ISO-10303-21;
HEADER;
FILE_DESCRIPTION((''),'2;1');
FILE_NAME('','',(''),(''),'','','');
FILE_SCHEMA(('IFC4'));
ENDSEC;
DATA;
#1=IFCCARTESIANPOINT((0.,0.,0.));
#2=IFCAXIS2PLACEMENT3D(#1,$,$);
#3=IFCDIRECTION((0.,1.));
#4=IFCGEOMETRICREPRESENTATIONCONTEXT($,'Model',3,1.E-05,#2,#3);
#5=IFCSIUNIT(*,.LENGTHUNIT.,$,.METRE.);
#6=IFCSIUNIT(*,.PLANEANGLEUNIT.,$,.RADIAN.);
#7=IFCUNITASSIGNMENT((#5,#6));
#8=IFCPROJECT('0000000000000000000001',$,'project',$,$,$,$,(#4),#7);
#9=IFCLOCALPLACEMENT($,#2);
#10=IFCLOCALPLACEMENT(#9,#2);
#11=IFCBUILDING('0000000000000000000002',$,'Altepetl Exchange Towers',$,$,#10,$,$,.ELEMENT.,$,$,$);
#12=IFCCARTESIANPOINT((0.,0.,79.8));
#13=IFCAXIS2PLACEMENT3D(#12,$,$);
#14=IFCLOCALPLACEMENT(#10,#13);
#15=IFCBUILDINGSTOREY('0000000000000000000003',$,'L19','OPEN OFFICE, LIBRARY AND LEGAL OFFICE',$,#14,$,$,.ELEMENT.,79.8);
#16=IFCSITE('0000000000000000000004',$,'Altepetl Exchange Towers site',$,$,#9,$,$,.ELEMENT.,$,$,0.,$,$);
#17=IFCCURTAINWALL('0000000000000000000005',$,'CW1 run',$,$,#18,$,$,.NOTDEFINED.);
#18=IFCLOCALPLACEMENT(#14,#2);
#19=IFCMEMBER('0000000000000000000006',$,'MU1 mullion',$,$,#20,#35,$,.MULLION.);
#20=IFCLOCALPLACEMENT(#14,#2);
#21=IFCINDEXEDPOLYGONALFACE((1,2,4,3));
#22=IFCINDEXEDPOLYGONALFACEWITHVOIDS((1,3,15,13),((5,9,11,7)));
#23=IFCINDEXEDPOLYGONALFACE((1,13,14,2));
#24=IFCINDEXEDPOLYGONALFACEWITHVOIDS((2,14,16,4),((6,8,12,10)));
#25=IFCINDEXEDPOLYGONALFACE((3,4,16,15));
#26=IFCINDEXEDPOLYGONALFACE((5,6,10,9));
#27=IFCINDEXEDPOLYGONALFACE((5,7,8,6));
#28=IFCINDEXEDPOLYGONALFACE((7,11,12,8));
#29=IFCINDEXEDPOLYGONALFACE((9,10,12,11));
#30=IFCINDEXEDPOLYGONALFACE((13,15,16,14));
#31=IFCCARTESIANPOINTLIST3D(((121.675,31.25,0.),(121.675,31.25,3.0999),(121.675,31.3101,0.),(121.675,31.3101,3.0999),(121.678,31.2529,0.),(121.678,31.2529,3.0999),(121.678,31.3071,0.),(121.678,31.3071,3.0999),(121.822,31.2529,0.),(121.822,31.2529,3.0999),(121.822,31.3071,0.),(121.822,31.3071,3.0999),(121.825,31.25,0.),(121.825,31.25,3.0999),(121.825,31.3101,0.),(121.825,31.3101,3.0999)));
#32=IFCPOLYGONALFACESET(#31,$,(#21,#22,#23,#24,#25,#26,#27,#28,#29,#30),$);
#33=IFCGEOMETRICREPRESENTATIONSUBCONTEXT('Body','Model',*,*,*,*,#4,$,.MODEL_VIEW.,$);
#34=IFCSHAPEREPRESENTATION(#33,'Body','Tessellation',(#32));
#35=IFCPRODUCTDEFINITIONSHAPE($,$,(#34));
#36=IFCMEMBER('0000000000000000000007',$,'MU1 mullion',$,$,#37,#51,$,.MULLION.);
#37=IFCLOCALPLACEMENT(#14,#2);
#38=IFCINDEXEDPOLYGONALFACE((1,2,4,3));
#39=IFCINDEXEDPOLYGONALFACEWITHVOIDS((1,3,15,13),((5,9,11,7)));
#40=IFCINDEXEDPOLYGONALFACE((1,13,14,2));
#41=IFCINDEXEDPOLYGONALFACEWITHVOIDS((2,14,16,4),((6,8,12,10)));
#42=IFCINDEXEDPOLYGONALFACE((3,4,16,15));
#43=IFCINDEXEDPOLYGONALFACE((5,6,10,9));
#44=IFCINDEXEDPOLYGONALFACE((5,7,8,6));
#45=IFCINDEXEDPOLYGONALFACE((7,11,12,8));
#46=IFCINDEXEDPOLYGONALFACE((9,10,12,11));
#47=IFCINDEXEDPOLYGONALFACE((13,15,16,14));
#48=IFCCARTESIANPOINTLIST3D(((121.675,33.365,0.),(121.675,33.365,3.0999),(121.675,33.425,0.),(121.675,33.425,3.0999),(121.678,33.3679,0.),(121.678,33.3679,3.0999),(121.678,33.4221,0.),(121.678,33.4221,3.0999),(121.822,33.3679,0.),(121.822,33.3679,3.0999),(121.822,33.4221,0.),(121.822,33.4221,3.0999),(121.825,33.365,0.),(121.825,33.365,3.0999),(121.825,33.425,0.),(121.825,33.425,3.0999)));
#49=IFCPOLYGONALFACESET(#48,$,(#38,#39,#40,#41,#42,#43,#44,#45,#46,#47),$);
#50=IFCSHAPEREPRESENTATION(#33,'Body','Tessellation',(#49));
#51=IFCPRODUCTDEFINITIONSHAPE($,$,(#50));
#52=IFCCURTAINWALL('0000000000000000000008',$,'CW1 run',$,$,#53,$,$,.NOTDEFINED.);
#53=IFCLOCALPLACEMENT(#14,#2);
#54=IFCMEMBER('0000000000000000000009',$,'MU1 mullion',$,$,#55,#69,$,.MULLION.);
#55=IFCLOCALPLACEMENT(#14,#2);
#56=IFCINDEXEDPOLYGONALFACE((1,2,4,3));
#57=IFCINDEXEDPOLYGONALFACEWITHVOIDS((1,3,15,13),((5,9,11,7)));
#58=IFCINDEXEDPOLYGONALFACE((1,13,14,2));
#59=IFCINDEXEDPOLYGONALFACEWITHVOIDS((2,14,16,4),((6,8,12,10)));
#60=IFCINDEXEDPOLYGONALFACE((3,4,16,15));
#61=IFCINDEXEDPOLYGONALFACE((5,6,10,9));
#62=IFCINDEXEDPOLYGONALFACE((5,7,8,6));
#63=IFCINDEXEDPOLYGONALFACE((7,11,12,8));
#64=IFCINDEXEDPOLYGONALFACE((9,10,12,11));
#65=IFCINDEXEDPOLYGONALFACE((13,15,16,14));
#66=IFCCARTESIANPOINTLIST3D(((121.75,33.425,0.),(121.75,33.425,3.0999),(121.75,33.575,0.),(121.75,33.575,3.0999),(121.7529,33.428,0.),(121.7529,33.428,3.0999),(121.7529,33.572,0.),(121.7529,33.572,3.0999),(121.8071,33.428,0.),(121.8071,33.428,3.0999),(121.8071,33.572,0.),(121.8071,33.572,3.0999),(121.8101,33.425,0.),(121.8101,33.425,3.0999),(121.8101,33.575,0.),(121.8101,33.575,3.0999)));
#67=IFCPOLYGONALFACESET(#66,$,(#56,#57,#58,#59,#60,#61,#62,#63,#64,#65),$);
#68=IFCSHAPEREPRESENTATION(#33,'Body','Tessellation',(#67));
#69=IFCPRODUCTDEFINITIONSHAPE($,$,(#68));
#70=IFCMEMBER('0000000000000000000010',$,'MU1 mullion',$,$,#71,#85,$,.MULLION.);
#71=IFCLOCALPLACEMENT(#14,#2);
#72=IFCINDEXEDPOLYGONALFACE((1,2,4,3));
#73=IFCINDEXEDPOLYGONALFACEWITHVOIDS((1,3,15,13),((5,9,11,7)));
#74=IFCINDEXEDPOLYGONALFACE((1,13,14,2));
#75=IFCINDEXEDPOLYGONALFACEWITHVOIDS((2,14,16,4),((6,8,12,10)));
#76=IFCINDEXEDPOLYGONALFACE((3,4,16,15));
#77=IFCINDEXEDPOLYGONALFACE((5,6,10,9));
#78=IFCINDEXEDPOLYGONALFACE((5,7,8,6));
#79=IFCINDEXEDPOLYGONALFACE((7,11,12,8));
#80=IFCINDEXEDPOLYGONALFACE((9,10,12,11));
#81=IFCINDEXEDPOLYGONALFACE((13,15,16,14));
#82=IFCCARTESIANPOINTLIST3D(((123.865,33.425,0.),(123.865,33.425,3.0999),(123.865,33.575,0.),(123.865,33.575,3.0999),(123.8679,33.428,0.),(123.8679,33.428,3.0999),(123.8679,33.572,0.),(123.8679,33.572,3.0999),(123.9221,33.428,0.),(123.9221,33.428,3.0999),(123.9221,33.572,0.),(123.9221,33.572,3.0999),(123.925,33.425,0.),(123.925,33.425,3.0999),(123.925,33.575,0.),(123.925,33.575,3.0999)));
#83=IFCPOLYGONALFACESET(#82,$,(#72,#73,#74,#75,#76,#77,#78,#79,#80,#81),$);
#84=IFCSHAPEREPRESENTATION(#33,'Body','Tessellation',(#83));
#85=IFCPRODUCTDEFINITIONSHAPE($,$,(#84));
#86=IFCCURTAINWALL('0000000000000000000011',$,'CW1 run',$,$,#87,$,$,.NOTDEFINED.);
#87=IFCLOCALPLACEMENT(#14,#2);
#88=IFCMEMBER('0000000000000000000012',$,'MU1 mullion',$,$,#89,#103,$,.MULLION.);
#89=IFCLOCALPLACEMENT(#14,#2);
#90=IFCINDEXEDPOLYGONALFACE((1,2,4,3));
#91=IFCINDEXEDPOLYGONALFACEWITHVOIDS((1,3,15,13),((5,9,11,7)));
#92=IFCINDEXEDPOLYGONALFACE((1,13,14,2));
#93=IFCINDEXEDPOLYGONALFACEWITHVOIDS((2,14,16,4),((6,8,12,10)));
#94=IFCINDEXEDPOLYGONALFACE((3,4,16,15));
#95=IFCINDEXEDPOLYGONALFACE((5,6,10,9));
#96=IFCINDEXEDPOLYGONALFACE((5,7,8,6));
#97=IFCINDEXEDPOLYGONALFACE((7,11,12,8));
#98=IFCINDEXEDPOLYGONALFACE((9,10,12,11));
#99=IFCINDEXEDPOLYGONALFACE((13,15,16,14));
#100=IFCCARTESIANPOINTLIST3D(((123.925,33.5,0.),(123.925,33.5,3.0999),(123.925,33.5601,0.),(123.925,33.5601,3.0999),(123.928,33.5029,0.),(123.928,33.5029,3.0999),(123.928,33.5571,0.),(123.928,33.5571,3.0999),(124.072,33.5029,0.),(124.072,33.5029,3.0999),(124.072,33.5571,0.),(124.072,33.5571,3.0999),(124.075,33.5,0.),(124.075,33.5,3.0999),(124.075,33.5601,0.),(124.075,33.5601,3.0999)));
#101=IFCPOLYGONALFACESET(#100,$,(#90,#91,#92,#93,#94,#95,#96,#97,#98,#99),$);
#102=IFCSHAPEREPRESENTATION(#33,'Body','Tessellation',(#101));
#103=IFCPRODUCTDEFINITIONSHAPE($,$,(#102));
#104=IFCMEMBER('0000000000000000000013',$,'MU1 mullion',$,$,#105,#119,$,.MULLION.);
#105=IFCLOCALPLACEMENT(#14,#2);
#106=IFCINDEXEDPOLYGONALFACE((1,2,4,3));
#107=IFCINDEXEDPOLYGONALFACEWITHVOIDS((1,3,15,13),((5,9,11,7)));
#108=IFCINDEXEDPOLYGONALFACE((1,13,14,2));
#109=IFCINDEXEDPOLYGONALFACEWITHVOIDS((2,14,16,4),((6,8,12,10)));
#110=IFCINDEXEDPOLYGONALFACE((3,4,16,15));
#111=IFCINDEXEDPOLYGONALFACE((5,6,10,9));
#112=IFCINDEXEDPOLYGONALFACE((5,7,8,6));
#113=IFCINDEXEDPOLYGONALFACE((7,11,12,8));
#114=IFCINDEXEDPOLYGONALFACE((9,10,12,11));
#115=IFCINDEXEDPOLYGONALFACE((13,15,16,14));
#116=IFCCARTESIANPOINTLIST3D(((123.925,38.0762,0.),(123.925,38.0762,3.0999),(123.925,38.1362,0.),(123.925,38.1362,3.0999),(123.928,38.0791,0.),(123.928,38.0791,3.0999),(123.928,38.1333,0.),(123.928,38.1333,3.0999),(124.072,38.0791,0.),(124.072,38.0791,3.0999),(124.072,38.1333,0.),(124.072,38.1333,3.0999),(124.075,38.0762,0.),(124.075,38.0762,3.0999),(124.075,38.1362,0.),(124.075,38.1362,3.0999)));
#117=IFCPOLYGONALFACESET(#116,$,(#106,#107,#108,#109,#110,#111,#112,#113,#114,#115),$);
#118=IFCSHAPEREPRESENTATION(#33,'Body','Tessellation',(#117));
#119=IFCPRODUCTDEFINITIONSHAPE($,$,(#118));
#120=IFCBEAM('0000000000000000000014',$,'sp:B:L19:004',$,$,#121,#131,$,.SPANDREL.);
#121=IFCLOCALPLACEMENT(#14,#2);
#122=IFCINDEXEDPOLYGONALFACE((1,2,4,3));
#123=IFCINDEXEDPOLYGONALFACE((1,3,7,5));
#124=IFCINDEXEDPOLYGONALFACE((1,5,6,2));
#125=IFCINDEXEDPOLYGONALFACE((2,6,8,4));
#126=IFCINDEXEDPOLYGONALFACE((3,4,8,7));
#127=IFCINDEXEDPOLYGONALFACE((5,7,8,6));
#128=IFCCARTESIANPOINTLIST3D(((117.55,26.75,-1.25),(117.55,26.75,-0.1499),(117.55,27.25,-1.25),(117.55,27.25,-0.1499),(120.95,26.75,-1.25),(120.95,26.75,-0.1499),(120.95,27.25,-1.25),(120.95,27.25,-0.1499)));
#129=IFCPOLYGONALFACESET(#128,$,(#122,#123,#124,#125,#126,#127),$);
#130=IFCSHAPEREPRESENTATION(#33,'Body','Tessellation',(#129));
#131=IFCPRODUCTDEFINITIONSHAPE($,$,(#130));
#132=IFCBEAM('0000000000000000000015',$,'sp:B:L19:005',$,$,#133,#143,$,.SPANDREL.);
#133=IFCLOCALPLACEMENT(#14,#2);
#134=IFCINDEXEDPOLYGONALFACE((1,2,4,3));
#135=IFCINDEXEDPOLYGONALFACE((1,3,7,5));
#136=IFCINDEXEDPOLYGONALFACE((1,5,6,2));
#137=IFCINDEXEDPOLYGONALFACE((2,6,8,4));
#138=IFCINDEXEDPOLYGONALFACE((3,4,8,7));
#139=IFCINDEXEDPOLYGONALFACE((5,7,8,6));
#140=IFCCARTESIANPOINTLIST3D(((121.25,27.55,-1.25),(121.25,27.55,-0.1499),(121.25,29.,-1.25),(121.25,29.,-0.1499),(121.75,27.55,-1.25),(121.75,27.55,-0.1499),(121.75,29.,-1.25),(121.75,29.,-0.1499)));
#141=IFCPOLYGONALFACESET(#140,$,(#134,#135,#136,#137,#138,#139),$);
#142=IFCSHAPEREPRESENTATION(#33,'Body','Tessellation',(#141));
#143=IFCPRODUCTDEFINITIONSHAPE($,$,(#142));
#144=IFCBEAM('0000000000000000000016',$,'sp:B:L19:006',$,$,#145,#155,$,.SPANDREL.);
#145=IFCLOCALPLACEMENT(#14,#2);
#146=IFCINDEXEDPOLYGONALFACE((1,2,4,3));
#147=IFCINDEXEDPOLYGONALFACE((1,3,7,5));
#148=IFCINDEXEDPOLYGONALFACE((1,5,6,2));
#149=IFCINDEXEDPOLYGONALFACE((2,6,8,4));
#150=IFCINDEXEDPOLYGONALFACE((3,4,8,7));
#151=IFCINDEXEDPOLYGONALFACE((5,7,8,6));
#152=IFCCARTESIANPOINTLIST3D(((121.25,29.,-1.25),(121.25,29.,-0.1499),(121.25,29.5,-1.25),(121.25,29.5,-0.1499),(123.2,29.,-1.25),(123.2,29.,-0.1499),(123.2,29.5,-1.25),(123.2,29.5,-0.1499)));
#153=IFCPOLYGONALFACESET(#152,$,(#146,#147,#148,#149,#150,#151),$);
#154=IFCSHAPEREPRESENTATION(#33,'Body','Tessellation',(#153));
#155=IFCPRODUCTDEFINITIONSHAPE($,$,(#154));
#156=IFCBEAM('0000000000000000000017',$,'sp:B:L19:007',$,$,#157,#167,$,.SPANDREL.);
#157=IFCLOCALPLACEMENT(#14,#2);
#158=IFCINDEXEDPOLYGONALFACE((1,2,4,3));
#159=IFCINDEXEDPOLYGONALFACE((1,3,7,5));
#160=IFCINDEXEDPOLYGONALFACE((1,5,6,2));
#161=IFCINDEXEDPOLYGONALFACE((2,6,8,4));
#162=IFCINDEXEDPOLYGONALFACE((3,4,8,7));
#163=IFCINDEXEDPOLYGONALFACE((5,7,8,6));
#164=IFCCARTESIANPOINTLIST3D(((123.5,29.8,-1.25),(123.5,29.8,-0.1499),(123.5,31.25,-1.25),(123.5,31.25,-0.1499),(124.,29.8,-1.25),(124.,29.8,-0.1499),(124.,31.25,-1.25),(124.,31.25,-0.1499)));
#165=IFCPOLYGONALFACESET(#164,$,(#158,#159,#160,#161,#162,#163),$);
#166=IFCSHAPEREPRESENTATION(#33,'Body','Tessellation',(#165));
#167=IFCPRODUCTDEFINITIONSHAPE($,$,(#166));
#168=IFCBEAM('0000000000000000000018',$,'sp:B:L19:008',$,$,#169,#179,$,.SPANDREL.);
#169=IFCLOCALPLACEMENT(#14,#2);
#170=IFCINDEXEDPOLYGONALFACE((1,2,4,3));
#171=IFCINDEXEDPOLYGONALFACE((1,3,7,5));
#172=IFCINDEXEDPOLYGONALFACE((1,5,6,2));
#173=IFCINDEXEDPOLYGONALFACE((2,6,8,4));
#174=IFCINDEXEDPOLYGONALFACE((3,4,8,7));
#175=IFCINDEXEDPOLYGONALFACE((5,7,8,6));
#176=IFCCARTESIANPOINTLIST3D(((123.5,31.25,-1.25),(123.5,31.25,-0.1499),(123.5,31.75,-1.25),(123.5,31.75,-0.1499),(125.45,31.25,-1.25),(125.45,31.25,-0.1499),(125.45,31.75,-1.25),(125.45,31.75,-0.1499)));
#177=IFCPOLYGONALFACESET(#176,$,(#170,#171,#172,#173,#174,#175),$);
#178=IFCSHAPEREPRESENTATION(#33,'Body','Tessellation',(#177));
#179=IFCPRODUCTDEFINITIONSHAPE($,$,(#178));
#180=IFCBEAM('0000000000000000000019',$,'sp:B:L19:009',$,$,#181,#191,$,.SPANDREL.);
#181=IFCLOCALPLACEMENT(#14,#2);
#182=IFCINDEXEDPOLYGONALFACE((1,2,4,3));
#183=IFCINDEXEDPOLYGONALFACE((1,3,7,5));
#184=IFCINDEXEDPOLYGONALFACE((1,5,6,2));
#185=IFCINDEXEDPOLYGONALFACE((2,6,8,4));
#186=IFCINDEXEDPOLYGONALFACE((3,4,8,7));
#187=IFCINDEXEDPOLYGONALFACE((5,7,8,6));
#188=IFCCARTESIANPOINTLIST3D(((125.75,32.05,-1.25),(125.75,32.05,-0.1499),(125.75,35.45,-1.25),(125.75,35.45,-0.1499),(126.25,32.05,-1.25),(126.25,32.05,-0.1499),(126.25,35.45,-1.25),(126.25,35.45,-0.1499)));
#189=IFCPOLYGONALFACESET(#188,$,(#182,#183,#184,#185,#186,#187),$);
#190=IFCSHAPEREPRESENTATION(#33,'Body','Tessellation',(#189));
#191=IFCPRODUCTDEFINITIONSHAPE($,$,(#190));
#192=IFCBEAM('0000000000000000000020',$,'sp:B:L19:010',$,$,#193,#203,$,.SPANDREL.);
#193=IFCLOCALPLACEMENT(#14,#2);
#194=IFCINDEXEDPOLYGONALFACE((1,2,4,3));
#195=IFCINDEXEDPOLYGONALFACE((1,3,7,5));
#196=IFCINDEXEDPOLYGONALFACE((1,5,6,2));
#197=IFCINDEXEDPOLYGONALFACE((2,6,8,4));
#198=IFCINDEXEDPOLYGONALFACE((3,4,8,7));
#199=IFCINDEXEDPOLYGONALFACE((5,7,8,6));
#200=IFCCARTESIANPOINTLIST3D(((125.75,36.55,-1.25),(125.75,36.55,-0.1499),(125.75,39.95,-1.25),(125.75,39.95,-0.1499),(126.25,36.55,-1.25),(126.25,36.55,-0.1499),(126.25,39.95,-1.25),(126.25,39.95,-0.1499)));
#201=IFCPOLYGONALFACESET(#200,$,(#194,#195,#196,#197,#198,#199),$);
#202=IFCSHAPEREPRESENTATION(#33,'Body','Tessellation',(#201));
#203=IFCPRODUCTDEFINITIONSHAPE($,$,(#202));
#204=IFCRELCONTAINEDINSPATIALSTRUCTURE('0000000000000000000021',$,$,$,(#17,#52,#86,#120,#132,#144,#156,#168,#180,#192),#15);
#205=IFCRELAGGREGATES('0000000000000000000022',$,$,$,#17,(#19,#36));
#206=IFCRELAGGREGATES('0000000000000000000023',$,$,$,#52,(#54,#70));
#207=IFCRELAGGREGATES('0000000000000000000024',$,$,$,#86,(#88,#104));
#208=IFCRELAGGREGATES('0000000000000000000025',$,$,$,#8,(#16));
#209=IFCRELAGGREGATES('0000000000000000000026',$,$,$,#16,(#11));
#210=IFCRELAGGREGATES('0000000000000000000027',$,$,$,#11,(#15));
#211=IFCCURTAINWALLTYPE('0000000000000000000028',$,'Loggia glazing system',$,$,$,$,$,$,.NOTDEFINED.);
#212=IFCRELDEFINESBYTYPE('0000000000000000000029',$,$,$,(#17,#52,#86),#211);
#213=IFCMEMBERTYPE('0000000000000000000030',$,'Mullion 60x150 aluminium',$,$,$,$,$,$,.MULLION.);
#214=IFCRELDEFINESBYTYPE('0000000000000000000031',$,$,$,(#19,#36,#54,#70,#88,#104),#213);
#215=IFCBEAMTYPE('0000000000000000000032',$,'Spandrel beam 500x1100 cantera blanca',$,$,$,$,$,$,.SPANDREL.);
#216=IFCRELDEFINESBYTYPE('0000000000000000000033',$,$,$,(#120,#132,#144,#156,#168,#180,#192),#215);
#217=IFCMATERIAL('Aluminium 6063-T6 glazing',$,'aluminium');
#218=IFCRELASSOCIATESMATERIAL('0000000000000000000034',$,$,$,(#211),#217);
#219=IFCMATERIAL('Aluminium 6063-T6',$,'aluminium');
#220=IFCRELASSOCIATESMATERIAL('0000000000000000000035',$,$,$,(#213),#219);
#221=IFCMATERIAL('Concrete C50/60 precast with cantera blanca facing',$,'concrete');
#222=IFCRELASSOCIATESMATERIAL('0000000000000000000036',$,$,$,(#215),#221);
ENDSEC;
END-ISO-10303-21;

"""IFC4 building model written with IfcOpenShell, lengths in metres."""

from ifc_helpers import new_model, si_unit, direction, frame, origin, origin_2d, place, context, subcontext, project, spatial, rectangle, hollow_rectangle, extrude, material, material_profile, profile_set, type_object, element, aggregate, save


model = new_model("IFC4")

# Units and contexts
model_context = context("Model", 3, precision=1e-05, world=origin(), true_north=direction((0.0, 1.0)))
body_context = subcontext(model_context, "Body", "Model", "MODEL_VIEW")
ifc_project = project(units=[si_unit("LENGTHUNIT", "METRE"), si_unit("PLANEANGLEUNIT", "RADIAN")], contexts=[model_context])

# Site, building, storey
site_placement = place(None, origin())
site = spatial("IfcSite", under=ifc_project, at=site_placement, Name="Altepetl Exchange Towers site", CompositionType="ELEMENT", RefElevation=0.0)
building_placement = place(site_placement, origin())
building = spatial("IfcBuilding", under=site, at=building_placement, Name="Altepetl Exchange Towers", CompositionType="ELEMENT")
storey_placement = place(building_placement, frame((0.0, 0.0, 79.8)))
storey = spatial("IfcBuildingStorey", under=building, at=storey_placement, Name="L19", Description="OPEN OFFICE, LIBRARY AND LEGAL OFFICE", CompositionType="ELEMENT", Elevation=79.8)

# Shared definitions
ifc_material_1 = material(Name="Aluminium 6063-T6 glazing", Category="aluminium")
curtain_wall_type = type_object("IfcCurtainWallType", Name="Loggia glazing system", PredefinedType="NOTDEFINED", material=ifc_material_1)
ifc_material_2 = material(Name="Aluminium 6063-T6", Category="aluminium")
ifc_material_profile_1 = material_profile(ifc_material_2, hollow_rectangle(XDim=0.0601, YDim=0.1499, WallThickness=0.0029, at=origin_2d()), Name="Mullion 60x150 aluminium")
ifc_profile_set_1 = profile_set([ifc_material_profile_1], Name="Aluminium 6063-T6")
member_type = type_object("IfcMemberType", Name="Mullion 60x150 aluminium", PredefinedType="MULLION", material=ifc_profile_set_1)

# Curtain walls, members
curtain_wall_1_placement = place(storey_placement, origin())
curtain_wall_1 = element("IfcCurtainWall", 1, at=curtain_wall_1_placement, inside=storey, type_object=curtain_wall_type, Name="CW1 run", PredefinedType="NOTDEFINED")
member_1_placement = place(storey_placement, frame((121.75, 31.28, 0.0), z_axis=(0.0, 0.0, 1.0), x_axis=(0.0, 1.0, 0.0)))
member_1 = element("IfcMember", 2, at=member_1_placement, type_object=member_type, Name="MU1 mullion", PredefinedType="MULLION", context=body_context, shape_type="SweptSolid", body=[
    extrude(hollow_rectangle(XDim=0.0601, YDim=0.1499, WallThickness=0.0029, at=origin_2d()), origin(), (0.0, 0.0, 1.0), 3.0999),
])
member_2_placement = place(storey_placement, frame((121.75, 33.395, 0.0), z_axis=(0.0, 0.0, 1.0), x_axis=(0.0, 1.0, 0.0)))
member_2 = element("IfcMember", 3, at=member_2_placement, type_object=member_type, Name="MU1 mullion", PredefinedType="MULLION", context=body_context, shape_type="SweptSolid", body=[
    extrude(hollow_rectangle(XDim=0.0601, YDim=0.1499, WallThickness=0.0029, at=origin_2d()), origin(), (0.0, 0.0, 1.0), 3.0999),
])
curtain_wall_2_placement = place(storey_placement, origin())
curtain_wall_2 = element("IfcCurtainWall", 4, at=curtain_wall_2_placement, inside=storey, type_object=curtain_wall_type, Name="CW1 run", PredefinedType="NOTDEFINED")
member_3_placement = place(storey_placement, frame((121.78, 33.5, 0.0)))
member_3 = element("IfcMember", 5, at=member_3_placement, type_object=member_type, Name="MU1 mullion", PredefinedType="MULLION", context=body_context, shape_type="SweptSolid", body=[
    extrude(hollow_rectangle(XDim=0.0601, YDim=0.1499, WallThickness=0.0029, at=origin_2d()), origin(), (0.0, 0.0, 1.0), 3.0999),
])
member_4_placement = place(storey_placement, frame((123.895, 33.5, 0.0)))
member_4 = element("IfcMember", 6, at=member_4_placement, type_object=member_type, Name="MU1 mullion", PredefinedType="MULLION", context=body_context, shape_type="SweptSolid", body=[
    extrude(hollow_rectangle(XDim=0.0601, YDim=0.1499, WallThickness=0.0029, at=origin_2d()), origin(), (0.0, 0.0, 1.0), 3.0999),
])
curtain_wall_3_placement = place(storey_placement, origin())
curtain_wall_3 = element("IfcCurtainWall", 7, at=curtain_wall_3_placement, inside=storey, type_object=curtain_wall_type, Name="CW1 run", PredefinedType="NOTDEFINED")
member_5_placement = place(storey_placement, frame((124.0, 33.53, 0.0), z_axis=(0.0, 0.0, 1.0), x_axis=(0.0, 1.0, 0.0)))
member_5 = element("IfcMember", 8, at=member_5_placement, type_object=member_type, Name="MU1 mullion", PredefinedType="MULLION", context=body_context, shape_type="SweptSolid", body=[
    extrude(hollow_rectangle(XDim=0.0601, YDim=0.1499, WallThickness=0.0029, at=origin_2d()), origin(), (0.0, 0.0, 1.0), 3.0999),
])
member_6_placement = place(storey_placement, frame((124.0, 38.1062, 0.0), z_axis=(0.0, 0.0, 1.0), x_axis=(0.0, 1.0, 0.0)))
member_6 = element("IfcMember", 9, at=member_6_placement, type_object=member_type, Name="MU1 mullion", PredefinedType="MULLION", context=body_context, shape_type="SweptSolid", body=[
    extrude(hollow_rectangle(XDim=0.0601, YDim=0.1499, WallThickness=0.0029, at=origin_2d()), origin(), (0.0, 0.0, 1.0), 3.0999),
])

# Beams
ifc_material_3 = material(Name="Concrete C50/60 precast with cantera blanca facing", Category="concrete")
ifc_material_profile_2 = material_profile(ifc_material_3, rectangle(XDim=0.5, YDim=1.1001, at=origin_2d()), Name="500 x 1100")
ifc_profile_set_2 = profile_set([ifc_material_profile_2], Name="Concrete C50/60 precast with cantera blanca facing")
beam_type_1 = type_object("IfcBeamType", Name="Spandrel beam 500x1100 cantera blanca", PredefinedType="SPANDREL", material=ifc_profile_set_2)
beam_1_placement = place(storey_placement, frame((117.55, 27.0, -0.7), z_axis=(1.0, 0.0, 0.0), x_axis=(0.0, 1.0, 0.0)))
element("IfcBeam", 10, at=beam_1_placement, inside=storey, type_object=beam_type_1, Name="sp:B:L19:004", PredefinedType="SPANDREL", context=body_context, shape_type="SweptSolid", body=[
    extrude(rectangle(XDim=0.5, YDim=1.1001, at=origin_2d()), origin(), (0.0, 0.0, 1.0), 3.3999),
])
beam_2_placement = place(storey_placement, frame((121.5, 27.55, -0.7), z_axis=(0.0, 1.0, 0.0), x_axis=(-1.0, 0.0, 0.0)))
element("IfcBeam", 11, at=beam_2_placement, inside=storey, type_object=beam_type_1, Name="sp:B:L19:005", PredefinedType="SPANDREL", context=body_context, shape_type="SweptSolid", body=[
    extrude(rectangle(XDim=0.5, YDim=1.1001, at=origin_2d()), origin(), (0.0, 0.0, 1.0), 1.45),
])
beam_3_placement = place(storey_placement, frame((121.25, 29.25, -0.7), z_axis=(1.0, 0.0, 0.0), x_axis=(0.0, 1.0, 0.0)))
element("IfcBeam", 12, at=beam_3_placement, inside=storey, type_object=beam_type_1, Name="sp:B:L19:006", PredefinedType="SPANDREL", context=body_context, shape_type="SweptSolid", body=[
    extrude(rectangle(XDim=0.5, YDim=1.1001, at=origin_2d()), origin(), (0.0, 0.0, 1.0), 1.95),
])
beam_4_placement = place(storey_placement, frame((123.75, 29.8, -0.7), z_axis=(0.0, 1.0, 0.0), x_axis=(-1.0, 0.0, 0.0)))
element("IfcBeam", 13, at=beam_4_placement, inside=storey, type_object=beam_type_1, Name="sp:B:L19:007", PredefinedType="SPANDREL", context=body_context, shape_type="SweptSolid", body=[
    extrude(rectangle(XDim=0.5, YDim=1.1001, at=origin_2d()), origin(), (0.0, 0.0, 1.0), 1.45),
])
beam_5_placement = place(storey_placement, frame((123.5, 31.5, -0.7), z_axis=(1.0, 0.0, 0.0), x_axis=(0.0, 1.0, 0.0)))
element("IfcBeam", 14, at=beam_5_placement, inside=storey, type_object=beam_type_1, Name="sp:B:L19:008", PredefinedType="SPANDREL", context=body_context, shape_type="SweptSolid", body=[
    extrude(rectangle(XDim=0.5, YDim=1.1001, at=origin_2d()), origin(), (0.0, 0.0, 1.0), 1.95),
])
for number, where, z_axis, x_axis, name in (
    (15, (126.0, 32.05, -0.7), (0.0, 1.0, 0.0), (-1.0, 0.0, 0.0), "sp:B:L19:009"),
    (16, (126.0, 36.55, -0.7), (0.0, 1.0, 0.0), (-1.0, 0.0, 0.0), "sp:B:L19:010"),
):
    element("IfcBeam", number, at=place(storey_placement, frame(where, z_axis=z_axis, x_axis=x_axis)), inside=storey, type_object=beam_type_1, Name=name, PredefinedType="SPANDREL", context=body_context, shape_type="SweptSolid", body=[
        extrude(rectangle(XDim=0.5, YDim=1.1001, at=origin_2d()), origin(), (0.0, 0.0, 1.0), 3.3999),
    ])

aggregate(curtain_wall_1, [member_1, member_2])
aggregate(curtain_wall_2, [member_3, member_4])
aggregate(curtain_wall_3, [member_5, member_6])

save(model, "model.ifc")
